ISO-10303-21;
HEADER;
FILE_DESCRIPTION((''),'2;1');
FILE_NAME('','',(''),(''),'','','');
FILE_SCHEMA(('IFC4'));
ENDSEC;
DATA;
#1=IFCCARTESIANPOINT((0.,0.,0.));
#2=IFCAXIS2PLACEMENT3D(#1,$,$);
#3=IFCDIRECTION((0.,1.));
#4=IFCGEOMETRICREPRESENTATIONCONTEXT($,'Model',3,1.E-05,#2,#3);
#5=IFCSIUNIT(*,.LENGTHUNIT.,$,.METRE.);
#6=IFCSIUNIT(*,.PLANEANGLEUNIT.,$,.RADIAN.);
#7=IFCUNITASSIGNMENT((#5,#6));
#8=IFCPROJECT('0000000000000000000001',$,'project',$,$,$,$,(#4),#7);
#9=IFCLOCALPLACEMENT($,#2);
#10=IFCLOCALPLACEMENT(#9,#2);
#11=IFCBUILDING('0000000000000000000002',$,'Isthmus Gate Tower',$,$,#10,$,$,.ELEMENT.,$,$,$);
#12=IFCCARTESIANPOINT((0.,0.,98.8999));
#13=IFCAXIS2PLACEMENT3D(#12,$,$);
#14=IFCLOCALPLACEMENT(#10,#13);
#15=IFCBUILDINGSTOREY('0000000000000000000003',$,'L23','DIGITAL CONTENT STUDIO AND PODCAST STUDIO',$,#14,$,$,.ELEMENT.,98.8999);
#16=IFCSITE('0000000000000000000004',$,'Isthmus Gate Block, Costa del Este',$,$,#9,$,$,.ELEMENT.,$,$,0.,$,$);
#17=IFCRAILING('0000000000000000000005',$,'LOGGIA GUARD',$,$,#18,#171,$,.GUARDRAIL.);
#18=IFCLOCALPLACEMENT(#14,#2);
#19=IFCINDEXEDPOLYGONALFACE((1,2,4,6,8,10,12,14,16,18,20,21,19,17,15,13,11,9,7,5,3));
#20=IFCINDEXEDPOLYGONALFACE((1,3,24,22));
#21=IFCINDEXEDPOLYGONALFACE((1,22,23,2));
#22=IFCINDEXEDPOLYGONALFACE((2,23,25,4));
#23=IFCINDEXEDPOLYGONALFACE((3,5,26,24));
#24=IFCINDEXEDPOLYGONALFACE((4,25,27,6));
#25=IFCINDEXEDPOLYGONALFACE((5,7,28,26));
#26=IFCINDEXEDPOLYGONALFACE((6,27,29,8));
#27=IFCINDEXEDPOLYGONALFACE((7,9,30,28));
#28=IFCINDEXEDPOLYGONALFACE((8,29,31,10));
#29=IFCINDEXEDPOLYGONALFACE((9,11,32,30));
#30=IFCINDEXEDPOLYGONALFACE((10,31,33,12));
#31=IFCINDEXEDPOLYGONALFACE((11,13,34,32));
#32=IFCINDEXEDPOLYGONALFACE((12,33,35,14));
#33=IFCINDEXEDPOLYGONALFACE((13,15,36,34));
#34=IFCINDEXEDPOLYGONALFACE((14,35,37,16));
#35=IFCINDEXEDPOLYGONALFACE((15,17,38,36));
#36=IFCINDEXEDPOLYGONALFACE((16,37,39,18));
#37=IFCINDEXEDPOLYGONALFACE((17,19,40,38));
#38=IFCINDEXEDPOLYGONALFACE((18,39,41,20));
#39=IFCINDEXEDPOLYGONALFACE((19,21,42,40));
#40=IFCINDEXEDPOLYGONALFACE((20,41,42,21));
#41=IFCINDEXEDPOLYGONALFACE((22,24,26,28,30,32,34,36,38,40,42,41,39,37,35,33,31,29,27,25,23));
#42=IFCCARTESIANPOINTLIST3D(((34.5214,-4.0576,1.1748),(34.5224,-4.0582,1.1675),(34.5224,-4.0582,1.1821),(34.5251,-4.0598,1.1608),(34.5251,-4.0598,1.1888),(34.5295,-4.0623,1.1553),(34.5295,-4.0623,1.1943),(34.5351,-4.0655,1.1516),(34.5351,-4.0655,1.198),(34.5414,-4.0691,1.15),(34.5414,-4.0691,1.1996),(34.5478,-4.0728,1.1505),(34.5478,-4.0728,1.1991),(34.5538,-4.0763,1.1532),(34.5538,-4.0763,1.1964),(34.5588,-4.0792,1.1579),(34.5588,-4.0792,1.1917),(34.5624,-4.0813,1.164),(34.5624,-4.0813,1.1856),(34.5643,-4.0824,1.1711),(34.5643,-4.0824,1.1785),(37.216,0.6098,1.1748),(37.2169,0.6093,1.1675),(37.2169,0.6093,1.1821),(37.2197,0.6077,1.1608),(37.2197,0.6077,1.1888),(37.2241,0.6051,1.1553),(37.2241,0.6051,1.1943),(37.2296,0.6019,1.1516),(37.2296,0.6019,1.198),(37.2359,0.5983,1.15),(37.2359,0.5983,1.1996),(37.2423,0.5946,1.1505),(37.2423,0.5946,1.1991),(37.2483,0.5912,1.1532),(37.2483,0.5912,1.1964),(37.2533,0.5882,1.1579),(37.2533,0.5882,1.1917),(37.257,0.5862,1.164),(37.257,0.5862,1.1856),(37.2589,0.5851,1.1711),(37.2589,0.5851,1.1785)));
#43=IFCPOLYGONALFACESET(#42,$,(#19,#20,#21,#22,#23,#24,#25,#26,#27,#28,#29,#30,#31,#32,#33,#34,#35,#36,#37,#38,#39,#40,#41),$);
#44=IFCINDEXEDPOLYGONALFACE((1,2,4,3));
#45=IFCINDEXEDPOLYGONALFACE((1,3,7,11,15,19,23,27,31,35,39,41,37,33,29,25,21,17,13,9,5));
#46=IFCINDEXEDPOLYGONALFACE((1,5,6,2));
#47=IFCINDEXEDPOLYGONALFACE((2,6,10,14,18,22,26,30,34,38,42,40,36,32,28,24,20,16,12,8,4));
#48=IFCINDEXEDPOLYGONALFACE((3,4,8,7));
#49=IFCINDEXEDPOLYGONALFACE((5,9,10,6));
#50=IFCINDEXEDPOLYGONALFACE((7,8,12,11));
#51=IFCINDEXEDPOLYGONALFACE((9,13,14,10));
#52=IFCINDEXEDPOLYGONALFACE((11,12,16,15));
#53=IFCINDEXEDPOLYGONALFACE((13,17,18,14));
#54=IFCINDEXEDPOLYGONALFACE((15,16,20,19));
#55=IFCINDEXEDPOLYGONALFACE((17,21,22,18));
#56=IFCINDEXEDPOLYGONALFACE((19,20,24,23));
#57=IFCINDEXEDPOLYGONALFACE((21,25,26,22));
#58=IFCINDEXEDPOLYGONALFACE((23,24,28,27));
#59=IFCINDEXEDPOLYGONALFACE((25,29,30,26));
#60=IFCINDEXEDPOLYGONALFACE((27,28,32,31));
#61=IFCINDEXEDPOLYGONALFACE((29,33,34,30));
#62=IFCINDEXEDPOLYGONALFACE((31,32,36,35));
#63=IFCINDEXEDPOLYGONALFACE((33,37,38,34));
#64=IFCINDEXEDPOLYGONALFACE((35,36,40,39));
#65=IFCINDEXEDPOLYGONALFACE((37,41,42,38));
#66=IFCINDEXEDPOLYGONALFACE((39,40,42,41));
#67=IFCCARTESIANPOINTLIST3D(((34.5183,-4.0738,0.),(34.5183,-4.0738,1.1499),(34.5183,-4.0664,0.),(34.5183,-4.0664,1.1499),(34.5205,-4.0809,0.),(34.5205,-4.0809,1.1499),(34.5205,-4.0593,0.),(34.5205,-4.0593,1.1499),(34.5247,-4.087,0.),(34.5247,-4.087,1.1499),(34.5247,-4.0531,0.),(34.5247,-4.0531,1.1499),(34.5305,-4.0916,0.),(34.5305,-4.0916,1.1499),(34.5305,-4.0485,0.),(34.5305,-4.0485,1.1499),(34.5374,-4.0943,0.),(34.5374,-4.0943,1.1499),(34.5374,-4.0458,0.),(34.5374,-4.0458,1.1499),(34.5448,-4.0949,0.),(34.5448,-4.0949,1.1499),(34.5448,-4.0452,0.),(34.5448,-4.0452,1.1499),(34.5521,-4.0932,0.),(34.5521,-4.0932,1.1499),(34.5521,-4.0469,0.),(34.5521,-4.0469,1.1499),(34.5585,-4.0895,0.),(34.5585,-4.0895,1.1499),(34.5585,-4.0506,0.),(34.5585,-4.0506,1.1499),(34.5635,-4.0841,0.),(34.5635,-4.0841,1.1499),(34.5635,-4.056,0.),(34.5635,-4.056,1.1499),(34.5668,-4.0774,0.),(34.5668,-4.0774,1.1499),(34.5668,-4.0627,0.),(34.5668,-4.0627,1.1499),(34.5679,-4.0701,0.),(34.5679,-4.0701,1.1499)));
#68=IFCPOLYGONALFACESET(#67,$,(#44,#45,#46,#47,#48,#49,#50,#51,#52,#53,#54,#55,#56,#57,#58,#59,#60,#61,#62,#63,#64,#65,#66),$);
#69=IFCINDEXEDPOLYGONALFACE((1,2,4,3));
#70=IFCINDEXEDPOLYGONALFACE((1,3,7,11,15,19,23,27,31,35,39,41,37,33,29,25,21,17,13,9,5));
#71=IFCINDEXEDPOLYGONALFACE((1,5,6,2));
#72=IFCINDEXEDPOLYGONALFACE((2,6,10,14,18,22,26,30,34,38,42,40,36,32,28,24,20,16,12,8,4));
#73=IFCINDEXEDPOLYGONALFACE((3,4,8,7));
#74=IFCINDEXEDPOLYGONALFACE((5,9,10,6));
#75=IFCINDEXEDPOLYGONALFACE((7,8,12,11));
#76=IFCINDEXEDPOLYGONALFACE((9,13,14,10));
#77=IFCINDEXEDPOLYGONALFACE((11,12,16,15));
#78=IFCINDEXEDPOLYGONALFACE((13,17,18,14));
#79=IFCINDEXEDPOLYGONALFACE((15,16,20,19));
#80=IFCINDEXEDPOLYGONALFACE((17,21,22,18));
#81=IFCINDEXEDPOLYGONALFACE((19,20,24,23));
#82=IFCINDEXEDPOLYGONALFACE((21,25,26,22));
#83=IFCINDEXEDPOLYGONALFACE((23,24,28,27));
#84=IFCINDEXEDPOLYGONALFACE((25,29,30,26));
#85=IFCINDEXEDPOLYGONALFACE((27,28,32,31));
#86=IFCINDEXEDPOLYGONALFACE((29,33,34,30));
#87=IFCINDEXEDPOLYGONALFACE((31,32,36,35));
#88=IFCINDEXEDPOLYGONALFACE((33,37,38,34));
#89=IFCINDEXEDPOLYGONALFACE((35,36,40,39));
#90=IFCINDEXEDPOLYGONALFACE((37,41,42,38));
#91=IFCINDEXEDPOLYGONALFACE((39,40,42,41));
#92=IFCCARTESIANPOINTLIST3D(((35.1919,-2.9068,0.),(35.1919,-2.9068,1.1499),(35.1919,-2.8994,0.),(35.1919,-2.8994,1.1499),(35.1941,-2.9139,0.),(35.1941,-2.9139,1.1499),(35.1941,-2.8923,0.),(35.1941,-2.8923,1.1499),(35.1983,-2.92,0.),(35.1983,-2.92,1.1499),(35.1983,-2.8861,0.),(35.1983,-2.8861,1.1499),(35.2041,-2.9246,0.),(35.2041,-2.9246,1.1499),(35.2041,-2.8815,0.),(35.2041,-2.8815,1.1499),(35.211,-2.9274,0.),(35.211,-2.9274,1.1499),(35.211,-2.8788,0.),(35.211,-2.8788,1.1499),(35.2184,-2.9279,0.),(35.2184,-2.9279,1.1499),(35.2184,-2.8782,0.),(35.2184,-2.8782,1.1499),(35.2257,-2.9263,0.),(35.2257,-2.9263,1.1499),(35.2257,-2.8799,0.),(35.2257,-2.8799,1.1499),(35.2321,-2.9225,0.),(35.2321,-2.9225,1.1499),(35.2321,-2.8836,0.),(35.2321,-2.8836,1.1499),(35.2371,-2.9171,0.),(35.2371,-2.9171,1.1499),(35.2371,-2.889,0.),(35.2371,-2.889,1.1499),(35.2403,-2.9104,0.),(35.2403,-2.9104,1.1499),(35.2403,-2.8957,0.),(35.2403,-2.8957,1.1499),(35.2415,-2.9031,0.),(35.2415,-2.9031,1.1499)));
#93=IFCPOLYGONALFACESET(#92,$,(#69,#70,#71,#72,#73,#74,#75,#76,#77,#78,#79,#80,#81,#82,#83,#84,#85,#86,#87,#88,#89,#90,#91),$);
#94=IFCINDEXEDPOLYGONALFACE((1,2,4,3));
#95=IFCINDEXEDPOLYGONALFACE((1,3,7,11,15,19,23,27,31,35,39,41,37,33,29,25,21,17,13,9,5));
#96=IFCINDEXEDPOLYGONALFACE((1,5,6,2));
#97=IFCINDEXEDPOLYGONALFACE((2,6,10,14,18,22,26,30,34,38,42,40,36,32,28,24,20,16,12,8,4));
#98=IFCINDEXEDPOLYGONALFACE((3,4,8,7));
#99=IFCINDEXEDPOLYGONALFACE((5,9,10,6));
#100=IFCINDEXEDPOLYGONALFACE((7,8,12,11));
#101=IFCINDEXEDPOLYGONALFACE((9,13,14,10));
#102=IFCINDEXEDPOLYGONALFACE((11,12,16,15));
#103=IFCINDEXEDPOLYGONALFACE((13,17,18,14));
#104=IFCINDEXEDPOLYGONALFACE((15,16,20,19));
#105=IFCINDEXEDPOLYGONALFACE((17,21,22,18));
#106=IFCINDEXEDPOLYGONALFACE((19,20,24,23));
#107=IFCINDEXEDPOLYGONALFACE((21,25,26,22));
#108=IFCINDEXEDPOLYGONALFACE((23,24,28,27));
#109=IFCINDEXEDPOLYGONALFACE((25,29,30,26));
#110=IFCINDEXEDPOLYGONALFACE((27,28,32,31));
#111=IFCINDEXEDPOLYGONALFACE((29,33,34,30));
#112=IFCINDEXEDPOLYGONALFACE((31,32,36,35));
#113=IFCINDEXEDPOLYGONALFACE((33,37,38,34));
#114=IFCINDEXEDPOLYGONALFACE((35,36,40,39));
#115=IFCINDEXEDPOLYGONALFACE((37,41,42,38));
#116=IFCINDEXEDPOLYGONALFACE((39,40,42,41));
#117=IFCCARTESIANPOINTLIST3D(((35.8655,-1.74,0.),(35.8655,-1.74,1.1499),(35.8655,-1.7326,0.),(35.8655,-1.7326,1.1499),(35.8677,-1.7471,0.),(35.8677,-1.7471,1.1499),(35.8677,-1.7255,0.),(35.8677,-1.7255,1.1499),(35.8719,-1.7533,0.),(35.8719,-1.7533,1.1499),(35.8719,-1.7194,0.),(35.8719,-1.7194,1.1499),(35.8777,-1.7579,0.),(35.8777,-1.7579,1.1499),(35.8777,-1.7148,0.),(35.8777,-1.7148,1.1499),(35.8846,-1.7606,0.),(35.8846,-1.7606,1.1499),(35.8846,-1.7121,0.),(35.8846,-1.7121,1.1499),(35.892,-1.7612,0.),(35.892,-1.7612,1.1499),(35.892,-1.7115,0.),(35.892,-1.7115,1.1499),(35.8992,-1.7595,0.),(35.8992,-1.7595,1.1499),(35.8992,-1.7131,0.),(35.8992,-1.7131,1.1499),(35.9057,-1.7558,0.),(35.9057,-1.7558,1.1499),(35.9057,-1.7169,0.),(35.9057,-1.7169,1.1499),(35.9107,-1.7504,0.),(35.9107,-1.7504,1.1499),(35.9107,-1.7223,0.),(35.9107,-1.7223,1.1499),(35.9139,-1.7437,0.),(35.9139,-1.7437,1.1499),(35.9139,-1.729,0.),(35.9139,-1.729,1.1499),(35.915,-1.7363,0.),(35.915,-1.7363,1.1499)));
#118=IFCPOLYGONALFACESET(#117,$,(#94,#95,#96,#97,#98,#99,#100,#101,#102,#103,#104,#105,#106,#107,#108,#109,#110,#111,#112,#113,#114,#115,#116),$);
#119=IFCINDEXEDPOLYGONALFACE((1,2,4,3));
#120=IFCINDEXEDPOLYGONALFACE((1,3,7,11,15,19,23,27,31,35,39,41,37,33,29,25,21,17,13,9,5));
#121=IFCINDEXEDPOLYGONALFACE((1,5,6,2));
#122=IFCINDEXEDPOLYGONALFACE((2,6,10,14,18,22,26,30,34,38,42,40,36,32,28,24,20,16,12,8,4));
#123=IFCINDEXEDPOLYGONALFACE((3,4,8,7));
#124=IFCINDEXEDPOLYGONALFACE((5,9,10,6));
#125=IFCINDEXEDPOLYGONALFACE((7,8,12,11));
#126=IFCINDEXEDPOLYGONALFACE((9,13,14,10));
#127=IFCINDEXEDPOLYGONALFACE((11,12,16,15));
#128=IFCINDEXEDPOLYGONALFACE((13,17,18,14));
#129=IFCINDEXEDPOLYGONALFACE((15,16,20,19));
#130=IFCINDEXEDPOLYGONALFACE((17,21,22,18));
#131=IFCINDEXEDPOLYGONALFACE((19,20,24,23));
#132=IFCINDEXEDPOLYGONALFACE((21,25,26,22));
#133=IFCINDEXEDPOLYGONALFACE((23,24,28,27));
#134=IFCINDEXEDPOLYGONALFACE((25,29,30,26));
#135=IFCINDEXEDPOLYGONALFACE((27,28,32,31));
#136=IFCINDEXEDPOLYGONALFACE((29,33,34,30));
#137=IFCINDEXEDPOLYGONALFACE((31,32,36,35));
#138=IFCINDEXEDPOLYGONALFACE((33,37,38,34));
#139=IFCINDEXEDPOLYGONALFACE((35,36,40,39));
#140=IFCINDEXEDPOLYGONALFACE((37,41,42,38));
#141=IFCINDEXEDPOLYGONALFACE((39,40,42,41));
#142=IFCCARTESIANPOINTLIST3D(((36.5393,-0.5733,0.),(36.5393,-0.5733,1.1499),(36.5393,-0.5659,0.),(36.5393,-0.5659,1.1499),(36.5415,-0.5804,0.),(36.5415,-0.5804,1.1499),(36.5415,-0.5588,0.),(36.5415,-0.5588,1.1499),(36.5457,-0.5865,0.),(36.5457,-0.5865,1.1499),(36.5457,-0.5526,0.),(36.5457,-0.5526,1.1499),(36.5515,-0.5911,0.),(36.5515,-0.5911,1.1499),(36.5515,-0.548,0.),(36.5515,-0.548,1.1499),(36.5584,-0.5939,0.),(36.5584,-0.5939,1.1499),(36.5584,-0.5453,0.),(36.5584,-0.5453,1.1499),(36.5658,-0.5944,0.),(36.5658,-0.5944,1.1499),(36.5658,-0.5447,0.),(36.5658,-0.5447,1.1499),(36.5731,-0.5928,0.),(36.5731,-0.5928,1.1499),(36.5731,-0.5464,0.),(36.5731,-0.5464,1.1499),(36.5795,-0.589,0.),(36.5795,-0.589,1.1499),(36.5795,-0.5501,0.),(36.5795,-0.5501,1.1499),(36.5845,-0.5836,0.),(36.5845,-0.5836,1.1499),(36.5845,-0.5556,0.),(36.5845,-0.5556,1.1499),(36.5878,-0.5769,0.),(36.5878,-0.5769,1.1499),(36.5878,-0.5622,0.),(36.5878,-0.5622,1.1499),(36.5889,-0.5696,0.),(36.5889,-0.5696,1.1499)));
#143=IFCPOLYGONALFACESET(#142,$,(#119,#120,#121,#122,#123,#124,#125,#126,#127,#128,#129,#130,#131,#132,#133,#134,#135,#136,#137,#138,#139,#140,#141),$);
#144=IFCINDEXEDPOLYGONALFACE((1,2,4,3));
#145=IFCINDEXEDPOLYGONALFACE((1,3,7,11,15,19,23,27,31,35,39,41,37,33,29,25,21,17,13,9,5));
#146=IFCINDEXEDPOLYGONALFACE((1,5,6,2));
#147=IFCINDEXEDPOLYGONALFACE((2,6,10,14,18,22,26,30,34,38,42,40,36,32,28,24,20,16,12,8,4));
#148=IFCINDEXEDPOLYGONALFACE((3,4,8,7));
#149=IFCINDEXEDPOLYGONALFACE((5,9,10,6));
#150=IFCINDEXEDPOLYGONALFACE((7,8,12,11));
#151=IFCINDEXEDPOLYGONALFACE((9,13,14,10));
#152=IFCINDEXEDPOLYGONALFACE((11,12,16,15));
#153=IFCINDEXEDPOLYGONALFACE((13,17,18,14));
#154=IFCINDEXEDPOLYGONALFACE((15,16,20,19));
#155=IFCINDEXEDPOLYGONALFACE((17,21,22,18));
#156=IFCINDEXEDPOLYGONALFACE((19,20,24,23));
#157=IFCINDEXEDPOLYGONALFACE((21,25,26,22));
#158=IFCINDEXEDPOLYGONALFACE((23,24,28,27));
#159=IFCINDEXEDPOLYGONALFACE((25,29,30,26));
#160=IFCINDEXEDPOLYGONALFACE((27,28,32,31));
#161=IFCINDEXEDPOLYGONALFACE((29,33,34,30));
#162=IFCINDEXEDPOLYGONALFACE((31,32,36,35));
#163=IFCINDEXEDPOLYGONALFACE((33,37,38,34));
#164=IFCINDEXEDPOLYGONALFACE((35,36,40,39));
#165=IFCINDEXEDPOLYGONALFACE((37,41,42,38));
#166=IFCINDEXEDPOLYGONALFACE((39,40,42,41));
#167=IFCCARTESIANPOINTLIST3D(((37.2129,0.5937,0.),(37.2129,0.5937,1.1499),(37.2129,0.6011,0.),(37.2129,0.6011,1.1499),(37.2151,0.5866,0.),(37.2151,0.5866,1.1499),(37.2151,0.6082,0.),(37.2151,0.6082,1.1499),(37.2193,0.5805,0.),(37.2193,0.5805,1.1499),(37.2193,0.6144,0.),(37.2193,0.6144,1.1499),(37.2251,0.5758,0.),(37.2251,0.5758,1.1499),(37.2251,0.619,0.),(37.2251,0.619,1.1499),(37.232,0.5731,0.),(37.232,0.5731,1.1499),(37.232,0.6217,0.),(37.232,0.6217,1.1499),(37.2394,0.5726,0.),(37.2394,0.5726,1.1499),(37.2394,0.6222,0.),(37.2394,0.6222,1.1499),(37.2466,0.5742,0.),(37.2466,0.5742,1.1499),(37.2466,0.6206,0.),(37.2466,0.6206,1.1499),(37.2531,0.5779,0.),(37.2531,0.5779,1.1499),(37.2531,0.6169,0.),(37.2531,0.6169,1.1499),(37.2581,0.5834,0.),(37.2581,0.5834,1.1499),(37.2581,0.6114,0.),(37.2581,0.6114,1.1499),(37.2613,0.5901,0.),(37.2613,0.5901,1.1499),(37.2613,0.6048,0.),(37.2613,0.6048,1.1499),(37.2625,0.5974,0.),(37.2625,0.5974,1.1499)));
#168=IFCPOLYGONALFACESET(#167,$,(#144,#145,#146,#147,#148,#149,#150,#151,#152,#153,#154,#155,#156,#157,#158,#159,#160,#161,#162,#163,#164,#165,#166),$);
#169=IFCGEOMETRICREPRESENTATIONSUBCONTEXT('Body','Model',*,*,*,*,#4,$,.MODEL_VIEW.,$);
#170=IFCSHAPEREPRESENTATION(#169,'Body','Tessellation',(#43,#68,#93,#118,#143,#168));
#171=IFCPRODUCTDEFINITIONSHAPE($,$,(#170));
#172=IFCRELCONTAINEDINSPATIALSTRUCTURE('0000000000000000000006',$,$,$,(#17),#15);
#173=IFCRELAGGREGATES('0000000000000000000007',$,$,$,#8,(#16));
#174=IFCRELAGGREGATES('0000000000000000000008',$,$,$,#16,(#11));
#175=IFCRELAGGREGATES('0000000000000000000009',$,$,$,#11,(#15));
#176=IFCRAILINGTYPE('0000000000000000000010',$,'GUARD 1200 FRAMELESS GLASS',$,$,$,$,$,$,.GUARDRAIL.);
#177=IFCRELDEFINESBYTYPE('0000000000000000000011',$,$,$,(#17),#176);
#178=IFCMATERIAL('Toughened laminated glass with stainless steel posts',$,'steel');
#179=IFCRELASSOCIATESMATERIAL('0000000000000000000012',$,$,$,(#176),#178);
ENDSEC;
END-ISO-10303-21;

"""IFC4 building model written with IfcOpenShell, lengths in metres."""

from ifc_helpers import new_model, si_unit, direction, frame, origin, origin_2d, place, context, subcontext, project, spatial, circle, extrude, material, type_object, element, save


model = new_model("IFC4")

# Units and contexts
model_context = context("Model", 3, precision=1e-05, world=origin(), true_north=direction((0.0, 1.0)))
body_context = subcontext(model_context, "Body", "Model", "MODEL_VIEW")
ifc_project = project(units=[si_unit("LENGTHUNIT", "METRE"), si_unit("PLANEANGLEUNIT", "RADIAN")], contexts=[model_context])

# Site, building, storey
site_placement = place(None, origin())
site = spatial("IfcSite", under=ifc_project, at=site_placement, Name="Isthmus Gate Block, Costa del Este", CompositionType="ELEMENT", RefElevation=0.0)
building_placement = place(site_placement, origin())
building = spatial("IfcBuilding", under=site, at=building_placement, Name="Isthmus Gate Tower", CompositionType="ELEMENT")
storey_placement = place(building_placement, frame((0.0, 0.0, 98.8999)))
storey = spatial("IfcBuildingStorey", under=building, at=storey_placement, Name="L23", Description="DIGITAL CONTENT STUDIO AND PODCAST STUDIO", CompositionType="ELEMENT", Elevation=98.8999)

# Railing
ifc_material_1 = material(Name="Toughened laminated glass with stainless steel posts", Category="steel")
railing_type_1 = type_object("IfcRailingType", Name="GUARD 1200 FRAMELESS GLASS", PredefinedType="GUARDRAIL", material=ifc_material_1)
railing_1_placement = place(storey_placement, frame((34.543, -4.0701, 0.0)))
element("IfcRailing", 1, at=railing_1_placement, inside=storey, type_object=railing_type_1, Name="LOGGIA GUARD", PredefinedType="GUARDRAIL", context=body_context, shape_type="SweptSolid", body=[
    extrude(circle(Radius=0.0249, at=origin_2d()), frame((0.0, 0.0, 1.1748), z_axis=(0.499973, 0.866041, 0.0), x_axis=(-0.866041, 0.499973, 0.0)), (0.0, 0.0, 1.0), 5.3894),
    extrude(circle(Radius=0.0249, at=origin_2d()), origin(), (0.0, 0.0, 1.0), 1.1499),
    extrude(circle(Radius=0.0249, at=origin_2d()), frame((0.6736, 1.167, 0.0)), (0.0, 0.0, 1.0), 1.1499),
    extrude(circle(Radius=0.0249, at=origin_2d()), frame((1.3472, 2.3337, 0.0)), (0.0, 0.0, 1.0), 1.1499),
    extrude(circle(Radius=0.0249, at=origin_2d()), frame((2.021, 3.5005, 0.0)), (0.0, 0.0, 1.0), 1.1499),
    extrude(circle(Radius=0.0249, at=origin_2d()), frame((2.6946, 4.6675, 0.0)), (0.0, 0.0, 1.0), 1.1499),
])

save(model, "model.ifc")
